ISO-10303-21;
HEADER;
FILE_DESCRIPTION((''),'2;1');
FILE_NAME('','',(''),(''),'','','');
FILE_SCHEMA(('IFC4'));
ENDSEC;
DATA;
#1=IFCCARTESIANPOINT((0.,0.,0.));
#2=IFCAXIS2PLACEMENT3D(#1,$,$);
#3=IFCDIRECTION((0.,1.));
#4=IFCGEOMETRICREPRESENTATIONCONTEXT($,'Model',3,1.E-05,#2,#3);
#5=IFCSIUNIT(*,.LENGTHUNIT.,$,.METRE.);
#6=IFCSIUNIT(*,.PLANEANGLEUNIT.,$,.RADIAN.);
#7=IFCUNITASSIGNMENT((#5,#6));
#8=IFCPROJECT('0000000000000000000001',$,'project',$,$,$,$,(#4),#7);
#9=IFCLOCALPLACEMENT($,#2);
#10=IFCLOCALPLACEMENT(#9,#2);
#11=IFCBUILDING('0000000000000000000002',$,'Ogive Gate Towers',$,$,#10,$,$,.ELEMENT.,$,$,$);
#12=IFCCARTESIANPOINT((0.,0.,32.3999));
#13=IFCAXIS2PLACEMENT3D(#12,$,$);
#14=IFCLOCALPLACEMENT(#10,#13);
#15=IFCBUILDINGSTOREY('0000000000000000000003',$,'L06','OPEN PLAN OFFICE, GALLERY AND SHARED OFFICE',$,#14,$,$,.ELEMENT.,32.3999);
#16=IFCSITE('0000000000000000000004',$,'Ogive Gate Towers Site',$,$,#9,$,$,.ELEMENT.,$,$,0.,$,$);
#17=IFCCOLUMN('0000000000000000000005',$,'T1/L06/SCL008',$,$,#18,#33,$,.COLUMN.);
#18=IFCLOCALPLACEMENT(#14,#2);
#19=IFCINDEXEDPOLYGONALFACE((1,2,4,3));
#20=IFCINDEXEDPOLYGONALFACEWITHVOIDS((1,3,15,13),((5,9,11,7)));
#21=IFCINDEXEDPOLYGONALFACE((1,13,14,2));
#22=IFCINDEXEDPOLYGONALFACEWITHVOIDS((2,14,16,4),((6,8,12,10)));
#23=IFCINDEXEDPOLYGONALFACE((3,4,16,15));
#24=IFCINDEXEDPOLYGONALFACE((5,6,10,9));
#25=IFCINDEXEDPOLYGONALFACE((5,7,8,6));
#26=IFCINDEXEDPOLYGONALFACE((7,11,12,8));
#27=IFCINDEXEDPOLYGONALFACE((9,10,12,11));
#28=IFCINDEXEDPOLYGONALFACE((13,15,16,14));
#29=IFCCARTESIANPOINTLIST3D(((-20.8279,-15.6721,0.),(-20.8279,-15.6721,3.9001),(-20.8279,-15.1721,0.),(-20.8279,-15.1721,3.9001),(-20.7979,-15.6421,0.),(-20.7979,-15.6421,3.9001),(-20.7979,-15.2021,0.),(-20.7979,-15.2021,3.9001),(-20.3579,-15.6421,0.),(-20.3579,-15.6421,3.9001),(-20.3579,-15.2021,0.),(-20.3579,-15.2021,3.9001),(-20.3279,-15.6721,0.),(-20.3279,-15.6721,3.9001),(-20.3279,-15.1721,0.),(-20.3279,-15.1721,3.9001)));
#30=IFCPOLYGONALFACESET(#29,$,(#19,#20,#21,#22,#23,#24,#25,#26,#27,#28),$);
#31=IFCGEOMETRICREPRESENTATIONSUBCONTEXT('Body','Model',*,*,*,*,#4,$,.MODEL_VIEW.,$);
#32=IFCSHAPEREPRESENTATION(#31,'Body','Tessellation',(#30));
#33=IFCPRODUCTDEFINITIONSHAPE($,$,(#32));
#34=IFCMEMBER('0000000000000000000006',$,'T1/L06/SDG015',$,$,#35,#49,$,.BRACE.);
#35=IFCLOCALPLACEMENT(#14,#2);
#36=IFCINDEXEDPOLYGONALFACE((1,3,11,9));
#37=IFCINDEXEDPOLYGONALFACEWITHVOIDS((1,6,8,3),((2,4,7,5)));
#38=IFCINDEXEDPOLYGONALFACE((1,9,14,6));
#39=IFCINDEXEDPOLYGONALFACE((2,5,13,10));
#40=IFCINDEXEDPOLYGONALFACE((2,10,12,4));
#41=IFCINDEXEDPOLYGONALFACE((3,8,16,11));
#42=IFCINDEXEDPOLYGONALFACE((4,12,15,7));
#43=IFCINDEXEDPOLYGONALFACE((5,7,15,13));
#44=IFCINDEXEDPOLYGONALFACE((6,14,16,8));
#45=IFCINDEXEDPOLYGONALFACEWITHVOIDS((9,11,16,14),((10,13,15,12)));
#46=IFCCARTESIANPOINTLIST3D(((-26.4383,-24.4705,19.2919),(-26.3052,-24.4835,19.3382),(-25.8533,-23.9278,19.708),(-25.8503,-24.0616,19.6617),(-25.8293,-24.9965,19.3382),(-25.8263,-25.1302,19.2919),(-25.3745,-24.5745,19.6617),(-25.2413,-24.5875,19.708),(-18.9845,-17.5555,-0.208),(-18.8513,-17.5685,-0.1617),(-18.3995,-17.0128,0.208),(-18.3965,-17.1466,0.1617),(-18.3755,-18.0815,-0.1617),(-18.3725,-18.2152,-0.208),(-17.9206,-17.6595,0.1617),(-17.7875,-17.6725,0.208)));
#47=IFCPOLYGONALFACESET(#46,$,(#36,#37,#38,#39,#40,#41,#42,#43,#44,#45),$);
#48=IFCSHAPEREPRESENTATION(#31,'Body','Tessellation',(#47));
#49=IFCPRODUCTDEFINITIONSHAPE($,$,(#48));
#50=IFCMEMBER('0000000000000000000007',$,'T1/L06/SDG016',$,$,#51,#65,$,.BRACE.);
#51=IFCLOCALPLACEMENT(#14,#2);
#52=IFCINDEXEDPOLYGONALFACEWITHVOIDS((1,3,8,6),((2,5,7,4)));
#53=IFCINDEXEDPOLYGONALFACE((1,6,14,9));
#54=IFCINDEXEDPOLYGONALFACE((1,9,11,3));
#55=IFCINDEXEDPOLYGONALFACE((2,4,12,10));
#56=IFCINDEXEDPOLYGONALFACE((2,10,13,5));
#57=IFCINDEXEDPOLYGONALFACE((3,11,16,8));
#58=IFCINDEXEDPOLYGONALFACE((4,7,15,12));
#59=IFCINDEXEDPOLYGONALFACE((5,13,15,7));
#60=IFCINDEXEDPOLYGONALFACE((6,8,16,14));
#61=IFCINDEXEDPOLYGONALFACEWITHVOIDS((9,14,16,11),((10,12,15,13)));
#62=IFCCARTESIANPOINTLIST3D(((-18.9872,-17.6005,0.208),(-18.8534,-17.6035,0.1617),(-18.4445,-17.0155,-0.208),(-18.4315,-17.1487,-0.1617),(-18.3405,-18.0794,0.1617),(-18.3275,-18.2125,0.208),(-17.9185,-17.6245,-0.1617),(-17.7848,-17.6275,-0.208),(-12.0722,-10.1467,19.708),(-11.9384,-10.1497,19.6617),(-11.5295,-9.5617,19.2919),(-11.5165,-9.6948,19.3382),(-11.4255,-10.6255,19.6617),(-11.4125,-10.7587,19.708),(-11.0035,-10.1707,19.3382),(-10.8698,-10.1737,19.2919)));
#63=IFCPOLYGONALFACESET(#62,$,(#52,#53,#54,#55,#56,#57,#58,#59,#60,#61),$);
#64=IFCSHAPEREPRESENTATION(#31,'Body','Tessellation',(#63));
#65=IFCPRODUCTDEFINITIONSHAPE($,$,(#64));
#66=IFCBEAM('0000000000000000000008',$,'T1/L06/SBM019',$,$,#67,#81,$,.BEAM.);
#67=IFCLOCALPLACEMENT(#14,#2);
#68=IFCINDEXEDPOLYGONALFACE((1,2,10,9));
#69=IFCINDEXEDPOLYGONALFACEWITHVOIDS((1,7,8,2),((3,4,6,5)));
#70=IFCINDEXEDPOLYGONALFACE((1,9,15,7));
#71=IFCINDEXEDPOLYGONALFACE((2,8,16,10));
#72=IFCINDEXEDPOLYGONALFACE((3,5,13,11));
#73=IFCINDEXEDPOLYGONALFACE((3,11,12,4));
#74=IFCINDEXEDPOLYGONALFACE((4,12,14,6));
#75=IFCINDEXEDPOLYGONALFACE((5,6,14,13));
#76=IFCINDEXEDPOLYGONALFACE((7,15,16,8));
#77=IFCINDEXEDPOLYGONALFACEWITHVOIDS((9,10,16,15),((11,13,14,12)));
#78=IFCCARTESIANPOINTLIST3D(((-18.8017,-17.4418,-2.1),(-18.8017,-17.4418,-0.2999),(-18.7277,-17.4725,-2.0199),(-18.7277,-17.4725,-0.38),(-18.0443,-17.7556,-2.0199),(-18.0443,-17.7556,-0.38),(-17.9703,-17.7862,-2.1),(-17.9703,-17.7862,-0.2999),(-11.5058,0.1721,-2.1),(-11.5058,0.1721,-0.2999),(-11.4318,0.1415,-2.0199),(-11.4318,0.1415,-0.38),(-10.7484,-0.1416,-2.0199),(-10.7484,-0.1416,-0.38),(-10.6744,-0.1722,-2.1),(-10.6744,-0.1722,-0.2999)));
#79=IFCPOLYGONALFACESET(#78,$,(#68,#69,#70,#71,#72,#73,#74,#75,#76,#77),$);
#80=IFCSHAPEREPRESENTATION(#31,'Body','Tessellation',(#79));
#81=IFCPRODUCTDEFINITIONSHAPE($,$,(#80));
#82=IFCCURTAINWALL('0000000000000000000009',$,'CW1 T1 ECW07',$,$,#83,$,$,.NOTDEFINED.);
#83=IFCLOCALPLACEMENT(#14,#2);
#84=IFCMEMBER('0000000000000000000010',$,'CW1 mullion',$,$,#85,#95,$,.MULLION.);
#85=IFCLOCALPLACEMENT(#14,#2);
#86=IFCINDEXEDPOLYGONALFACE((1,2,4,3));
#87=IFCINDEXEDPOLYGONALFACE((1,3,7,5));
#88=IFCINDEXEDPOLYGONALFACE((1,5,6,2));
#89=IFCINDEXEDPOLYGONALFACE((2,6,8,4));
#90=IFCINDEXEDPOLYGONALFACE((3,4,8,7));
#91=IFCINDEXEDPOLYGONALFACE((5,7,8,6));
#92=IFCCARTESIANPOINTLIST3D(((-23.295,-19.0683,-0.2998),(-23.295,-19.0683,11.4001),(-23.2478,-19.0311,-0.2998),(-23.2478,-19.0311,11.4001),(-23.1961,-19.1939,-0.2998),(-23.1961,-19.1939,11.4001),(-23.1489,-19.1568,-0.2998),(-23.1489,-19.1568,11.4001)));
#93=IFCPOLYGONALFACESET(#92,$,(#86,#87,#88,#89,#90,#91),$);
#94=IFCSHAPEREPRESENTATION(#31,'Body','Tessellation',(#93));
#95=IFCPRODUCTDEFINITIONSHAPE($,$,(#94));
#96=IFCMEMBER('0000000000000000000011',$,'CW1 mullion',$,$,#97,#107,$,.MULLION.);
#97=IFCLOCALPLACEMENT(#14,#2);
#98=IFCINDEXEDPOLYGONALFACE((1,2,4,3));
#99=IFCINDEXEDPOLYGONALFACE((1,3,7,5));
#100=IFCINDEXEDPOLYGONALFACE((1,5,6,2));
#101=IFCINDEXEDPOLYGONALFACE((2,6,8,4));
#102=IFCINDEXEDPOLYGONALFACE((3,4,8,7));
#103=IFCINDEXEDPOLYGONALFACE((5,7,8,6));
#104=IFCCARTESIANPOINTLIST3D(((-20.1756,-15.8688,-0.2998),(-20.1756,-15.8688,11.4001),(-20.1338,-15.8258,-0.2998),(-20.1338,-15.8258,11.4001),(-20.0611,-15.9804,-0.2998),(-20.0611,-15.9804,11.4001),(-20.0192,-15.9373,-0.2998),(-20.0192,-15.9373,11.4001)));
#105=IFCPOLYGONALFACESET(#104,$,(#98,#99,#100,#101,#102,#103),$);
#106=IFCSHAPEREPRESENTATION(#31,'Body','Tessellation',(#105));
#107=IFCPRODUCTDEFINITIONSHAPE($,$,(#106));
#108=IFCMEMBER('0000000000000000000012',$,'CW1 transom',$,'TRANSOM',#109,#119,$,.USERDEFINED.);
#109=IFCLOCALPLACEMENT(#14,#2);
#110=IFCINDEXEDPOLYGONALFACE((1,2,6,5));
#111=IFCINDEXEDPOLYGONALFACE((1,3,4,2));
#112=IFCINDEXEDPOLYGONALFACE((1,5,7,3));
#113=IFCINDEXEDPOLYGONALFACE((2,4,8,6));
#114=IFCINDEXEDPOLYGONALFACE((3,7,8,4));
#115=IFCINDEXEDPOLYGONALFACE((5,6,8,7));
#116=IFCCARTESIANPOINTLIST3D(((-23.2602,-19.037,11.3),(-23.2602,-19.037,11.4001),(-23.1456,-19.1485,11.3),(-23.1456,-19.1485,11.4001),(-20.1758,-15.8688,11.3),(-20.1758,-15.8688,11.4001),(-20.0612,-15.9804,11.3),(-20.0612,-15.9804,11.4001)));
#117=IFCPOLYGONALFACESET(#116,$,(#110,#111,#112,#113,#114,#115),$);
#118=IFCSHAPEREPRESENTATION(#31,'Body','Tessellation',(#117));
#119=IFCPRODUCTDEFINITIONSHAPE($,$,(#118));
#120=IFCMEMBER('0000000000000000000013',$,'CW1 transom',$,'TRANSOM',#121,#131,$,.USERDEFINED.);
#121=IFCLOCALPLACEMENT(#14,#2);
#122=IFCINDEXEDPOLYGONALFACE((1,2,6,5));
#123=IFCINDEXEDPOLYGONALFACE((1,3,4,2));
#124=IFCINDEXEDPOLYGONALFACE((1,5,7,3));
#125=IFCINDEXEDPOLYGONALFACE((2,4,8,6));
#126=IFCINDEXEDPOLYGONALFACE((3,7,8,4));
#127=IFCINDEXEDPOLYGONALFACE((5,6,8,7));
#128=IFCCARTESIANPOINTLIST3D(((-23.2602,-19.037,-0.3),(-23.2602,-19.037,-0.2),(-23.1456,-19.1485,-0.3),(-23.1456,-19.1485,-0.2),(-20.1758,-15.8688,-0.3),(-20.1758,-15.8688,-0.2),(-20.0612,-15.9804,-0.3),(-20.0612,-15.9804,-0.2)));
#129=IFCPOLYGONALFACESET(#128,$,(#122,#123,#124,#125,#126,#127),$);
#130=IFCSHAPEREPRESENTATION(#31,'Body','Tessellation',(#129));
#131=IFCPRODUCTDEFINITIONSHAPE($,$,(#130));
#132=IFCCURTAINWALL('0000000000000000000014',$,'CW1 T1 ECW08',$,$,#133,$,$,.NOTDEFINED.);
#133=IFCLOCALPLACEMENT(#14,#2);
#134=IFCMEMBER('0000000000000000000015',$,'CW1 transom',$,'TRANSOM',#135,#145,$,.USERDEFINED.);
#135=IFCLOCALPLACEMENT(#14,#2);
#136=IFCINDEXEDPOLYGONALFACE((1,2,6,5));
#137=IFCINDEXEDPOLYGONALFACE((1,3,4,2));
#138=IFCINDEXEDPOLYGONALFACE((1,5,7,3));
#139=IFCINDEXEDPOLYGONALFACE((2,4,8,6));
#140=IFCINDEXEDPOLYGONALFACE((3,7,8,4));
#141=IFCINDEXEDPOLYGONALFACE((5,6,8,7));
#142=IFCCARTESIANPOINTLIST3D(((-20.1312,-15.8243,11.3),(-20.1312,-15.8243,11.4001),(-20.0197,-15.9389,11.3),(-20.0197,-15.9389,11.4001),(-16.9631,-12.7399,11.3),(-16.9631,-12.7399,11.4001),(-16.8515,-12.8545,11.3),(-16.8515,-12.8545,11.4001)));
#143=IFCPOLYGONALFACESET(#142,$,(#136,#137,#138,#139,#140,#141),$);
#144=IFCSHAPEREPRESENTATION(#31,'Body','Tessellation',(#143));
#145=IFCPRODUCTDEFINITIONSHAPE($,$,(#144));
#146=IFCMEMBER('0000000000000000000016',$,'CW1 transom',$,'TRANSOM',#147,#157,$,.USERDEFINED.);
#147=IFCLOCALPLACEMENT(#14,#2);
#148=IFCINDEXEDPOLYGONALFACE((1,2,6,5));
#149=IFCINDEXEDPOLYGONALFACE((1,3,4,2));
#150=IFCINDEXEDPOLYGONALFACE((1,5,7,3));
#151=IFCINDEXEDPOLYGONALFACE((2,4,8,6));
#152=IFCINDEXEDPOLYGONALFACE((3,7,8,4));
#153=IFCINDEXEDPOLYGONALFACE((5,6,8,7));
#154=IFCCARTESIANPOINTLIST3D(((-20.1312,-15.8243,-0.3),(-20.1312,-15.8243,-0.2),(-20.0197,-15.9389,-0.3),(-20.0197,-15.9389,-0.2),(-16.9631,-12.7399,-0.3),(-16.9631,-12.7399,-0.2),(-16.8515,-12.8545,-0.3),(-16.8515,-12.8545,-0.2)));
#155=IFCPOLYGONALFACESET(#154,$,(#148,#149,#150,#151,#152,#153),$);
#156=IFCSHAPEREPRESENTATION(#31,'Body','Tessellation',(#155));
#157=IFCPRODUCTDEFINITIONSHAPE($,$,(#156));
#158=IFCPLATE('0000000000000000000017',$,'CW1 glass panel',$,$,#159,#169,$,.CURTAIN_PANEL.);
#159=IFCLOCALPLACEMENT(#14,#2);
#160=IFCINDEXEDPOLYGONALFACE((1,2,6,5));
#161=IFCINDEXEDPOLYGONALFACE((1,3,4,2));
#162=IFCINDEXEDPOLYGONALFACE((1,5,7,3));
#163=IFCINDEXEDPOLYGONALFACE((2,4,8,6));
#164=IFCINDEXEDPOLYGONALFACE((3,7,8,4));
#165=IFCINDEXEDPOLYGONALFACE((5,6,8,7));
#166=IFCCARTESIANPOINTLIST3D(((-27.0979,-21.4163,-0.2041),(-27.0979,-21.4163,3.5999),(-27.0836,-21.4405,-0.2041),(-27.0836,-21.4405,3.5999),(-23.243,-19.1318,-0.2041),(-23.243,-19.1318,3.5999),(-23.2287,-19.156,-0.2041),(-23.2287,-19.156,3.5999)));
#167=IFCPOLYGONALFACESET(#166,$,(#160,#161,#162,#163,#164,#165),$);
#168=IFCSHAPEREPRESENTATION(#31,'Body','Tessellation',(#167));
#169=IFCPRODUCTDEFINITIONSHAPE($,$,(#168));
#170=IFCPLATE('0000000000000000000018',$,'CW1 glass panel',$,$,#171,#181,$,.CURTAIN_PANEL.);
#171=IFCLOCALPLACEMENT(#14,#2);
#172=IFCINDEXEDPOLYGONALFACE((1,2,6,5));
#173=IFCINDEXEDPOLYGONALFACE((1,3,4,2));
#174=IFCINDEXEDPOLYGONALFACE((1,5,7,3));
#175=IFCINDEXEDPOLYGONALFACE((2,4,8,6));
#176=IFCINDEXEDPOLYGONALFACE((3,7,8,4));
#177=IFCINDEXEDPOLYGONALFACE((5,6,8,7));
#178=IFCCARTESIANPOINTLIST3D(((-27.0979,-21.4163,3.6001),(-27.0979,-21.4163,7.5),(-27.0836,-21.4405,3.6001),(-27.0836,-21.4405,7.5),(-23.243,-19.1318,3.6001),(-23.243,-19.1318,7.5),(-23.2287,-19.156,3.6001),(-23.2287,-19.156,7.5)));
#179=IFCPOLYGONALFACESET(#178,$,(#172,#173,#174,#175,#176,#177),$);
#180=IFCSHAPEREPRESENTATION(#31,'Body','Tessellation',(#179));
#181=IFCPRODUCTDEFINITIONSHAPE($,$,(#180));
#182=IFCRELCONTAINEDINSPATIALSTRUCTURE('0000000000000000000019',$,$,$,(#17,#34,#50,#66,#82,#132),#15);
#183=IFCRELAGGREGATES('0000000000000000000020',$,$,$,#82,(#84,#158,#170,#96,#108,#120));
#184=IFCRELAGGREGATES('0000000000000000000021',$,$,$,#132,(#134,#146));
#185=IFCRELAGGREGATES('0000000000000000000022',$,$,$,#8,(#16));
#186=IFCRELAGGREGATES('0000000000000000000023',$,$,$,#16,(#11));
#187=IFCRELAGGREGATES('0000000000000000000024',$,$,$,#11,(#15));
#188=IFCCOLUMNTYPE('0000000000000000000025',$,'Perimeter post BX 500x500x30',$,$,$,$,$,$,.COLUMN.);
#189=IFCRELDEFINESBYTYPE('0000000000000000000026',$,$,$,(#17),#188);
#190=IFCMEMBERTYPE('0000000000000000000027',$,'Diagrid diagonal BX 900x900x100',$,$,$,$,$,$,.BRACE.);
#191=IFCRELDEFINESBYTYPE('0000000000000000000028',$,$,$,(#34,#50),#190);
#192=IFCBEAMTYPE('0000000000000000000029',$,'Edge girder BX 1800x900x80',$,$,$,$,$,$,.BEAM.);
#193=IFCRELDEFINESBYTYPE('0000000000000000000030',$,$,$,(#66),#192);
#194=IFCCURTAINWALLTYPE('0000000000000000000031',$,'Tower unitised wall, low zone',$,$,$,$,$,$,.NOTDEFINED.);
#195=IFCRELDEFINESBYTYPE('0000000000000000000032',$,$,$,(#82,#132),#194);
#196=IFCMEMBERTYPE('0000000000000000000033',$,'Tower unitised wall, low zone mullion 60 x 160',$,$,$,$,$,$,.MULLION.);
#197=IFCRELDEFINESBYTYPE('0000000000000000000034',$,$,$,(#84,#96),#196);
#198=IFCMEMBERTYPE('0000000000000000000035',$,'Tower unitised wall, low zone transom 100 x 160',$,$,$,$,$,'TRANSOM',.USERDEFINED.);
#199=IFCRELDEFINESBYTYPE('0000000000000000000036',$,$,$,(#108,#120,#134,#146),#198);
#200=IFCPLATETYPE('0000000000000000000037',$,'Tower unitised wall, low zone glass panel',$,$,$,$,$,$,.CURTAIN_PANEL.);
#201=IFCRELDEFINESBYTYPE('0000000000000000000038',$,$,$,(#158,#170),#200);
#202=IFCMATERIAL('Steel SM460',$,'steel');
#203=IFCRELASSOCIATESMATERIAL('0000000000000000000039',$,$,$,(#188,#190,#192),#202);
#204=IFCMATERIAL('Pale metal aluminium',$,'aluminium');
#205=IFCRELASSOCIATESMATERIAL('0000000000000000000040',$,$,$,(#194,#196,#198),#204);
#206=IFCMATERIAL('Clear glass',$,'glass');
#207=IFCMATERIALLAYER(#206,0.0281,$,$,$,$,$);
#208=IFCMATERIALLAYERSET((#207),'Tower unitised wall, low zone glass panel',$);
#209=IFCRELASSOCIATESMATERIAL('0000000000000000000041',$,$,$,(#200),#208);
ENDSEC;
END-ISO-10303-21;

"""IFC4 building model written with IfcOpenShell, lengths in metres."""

from ifc_helpers import new_model, si_unit, direction, frame, origin, origin_2d, place, context, subcontext, project, spatial, rectangle, hollow_rectangle, extrude, material, layer, layer_set, material_profile, profile_set, type_object, element, aggregate, save


model = new_model("IFC4")

# Units and contexts
model_context = context("Model", 3, precision=1e-05, world=origin(), true_north=direction((0.0, 1.0)))
body_context = subcontext(model_context, "Body", "Model", "MODEL_VIEW")
ifc_project = project(units=[si_unit("LENGTHUNIT", "METRE"), si_unit("PLANEANGLEUNIT", "RADIAN")], contexts=[model_context])

# Site, building, storey
site_placement = place(None, origin())
site = spatial("IfcSite", under=ifc_project, at=site_placement, Name="Ogive Gate Towers Site", CompositionType="ELEMENT", RefElevation=0.0)
building_placement = place(site_placement, origin())
building = spatial("IfcBuilding", under=site, at=building_placement, Name="Ogive Gate Towers", CompositionType="ELEMENT")
storey_placement = place(building_placement, frame((0.0, 0.0, 32.3999)))
storey = spatial("IfcBuildingStorey", under=building, at=storey_placement, Name="L06", Description="OPEN PLAN OFFICE, GALLERY AND SHARED OFFICE", CompositionType="ELEMENT", Elevation=32.3999)

# Column
ifc_material_1 = material(Name="Steel SM460", Category="steel")
ifc_material_profile_1 = material_profile(ifc_material_1, hollow_rectangle(XDim=0.5, YDim=0.5, WallThickness=0.03, at=origin_2d()), Name="BX 500x500x30")
ifc_profile_set_1 = profile_set([ifc_material_profile_1], Name="Steel SM460")
column_type = type_object("IfcColumnType", Name="Perimeter post BX 500x500x30", PredefinedType="COLUMN", material=ifc_profile_set_1)
column_placement = place(storey_placement, frame((-20.5779, -15.4221, 0.0), z_axis=(0.0, 0.0, 1.0), x_axis=(1.0, 0.0, 0.0)))
element("IfcColumn", 1, at=column_placement, inside=storey, type_object=column_type, Name="T1/L06/SCL008", PredefinedType="COLUMN", context=body_context, shape_type="SweptSolid", body=[
    extrude(hollow_rectangle(XDim=0.5, YDim=0.5, WallThickness=0.03, at=origin_2d()), origin(), (0.0, 0.0, 1.0), 3.9001),
])

# Members
ifc_material_profile_2 = material_profile(ifc_material_1, hollow_rectangle(XDim=0.8999, YDim=0.8999, WallThickness=0.1001, at=origin_2d()), Name="BX 900x900x100")
ifc_profile_set_2 = profile_set([ifc_material_profile_2], Name="Steel SM460")
member_type_1 = type_object("IfcMemberType", Name="Diagrid diagonal BX 900x900x100", PredefinedType="BRACE", material=ifc_profile_set_2)
for number, where, z_axis, x_axis, name in (
    (2, (-18.386, -17.614, 0.0), (-0.338942, -0.314441, 0.886705), (0.680113, -0.733107, 0.0), "T1/L06/SDG015"),
    (3, (-18.386, -17.614, 0.0), (0.314441, 0.338942, 0.886705), (-0.733107, 0.680113, 0.0), "T1/L06/SDG016"),
):
    element("IfcMember", number, at=place(storey_placement, frame(where, z_axis=z_axis, x_axis=x_axis)), inside=storey, type_object=member_type_1, Name=name, PredefinedType="BRACE", context=body_context, shape_type="SweptSolid", body=[
        extrude(hollow_rectangle(XDim=0.8999, YDim=0.8999, WallThickness=0.1001, at=origin_2d()), origin(), (0.0, 0.0, 1.0), 21.9915),
    ])

# Beam
ifc_material_profile_3 = material_profile(ifc_material_1, hollow_rectangle(XDim=0.8999, YDim=1.8, WallThickness=0.0801, at=origin_2d()), Name="BX 1800x900x80")
ifc_profile_set_3 = profile_set([ifc_material_profile_3], Name="Steel SM460")
beam_type = type_object("IfcBeamType", Name="Edge girder BX 1800x900x80", PredefinedType="BEAM", material=ifc_profile_set_3)
beam_placement = place(storey_placement, frame((-18.386, -17.614, -1.2), z_axis=(0.382681, 0.923881, 0.0), x_axis=(-0.923881, 0.382681, 0.0)))
element("IfcBeam", 4, at=beam_placement, inside=storey, type_object=beam_type, Name="T1/L06/SBM019", PredefinedType="BEAM", context=body_context, shape_type="SweptSolid", body=[
    extrude(hollow_rectangle(XDim=0.8999, YDim=1.8, WallThickness=0.0801, at=origin_2d()), origin(), (0.0, 0.0, 1.0), 19.0652),
])

# Curtain walls, members
ifc_material_2 = material(Name="Pale metal aluminium", Category="aluminium")
curtain_wall_type = type_object("IfcCurtainWallType", Name="Tower unitised wall, low zone", PredefinedType="NOTDEFINED", material=ifc_material_2)
curtain_wall_1_placement = place(storey_placement, origin())
curtain_wall_1 = element("IfcCurtainWall", 5, at=curtain_wall_1_placement, inside=storey, type_object=curtain_wall_type, Name="CW1 T1 ECW07", PredefinedType="NOTDEFINED")
ifc_material_profile_4 = material_profile(ifc_material_2, rectangle(XDim=0.1599, YDim=0.0601, at=origin_2d()), Name="60 x 160 aluminium box")
ifc_profile_set_4 = profile_set([ifc_material_profile_4], Name="Pale metal aluminium")
member_type_2 = type_object("IfcMemberType", Name="Tower unitised wall, low zone mullion 60 x 160", PredefinedType="MULLION", material=ifc_profile_set_4)
member_1_placement = place(storey_placement, frame((-23.2219, -19.1125, -0.2998), z_axis=(0.0, 0.0, 1.0), x_axis=(0.618532, -0.78576, 0.0)))
member_1 = element("IfcMember", 6, at=member_1_placement, type_object=member_type_2, Name="CW1 mullion", PredefinedType="MULLION", context=body_context, shape_type="SweptSolid", body=[
    extrude(rectangle(XDim=0.1599, YDim=0.0601, at=origin_2d()), origin(), (0.0, 0.0, 1.0), 11.7),
])
member_2_placement = place(storey_placement, frame((-20.0974, -15.9031, -0.2998), z_axis=(0.0, 0.0, 1.0), x_axis=(0.716497, -0.69759, 0.0)))
member_2 = element("IfcMember", 7, at=member_2_placement, type_object=member_type_2, Name="CW1 mullion", PredefinedType="MULLION", context=body_context, shape_type="SweptSolid", body=[
    extrude(rectangle(XDim=0.1599, YDim=0.0601, at=origin_2d()), origin(), (0.0, 0.0, 1.0), 11.7),
])
ifc_material_profile_5 = material_profile(ifc_material_2, rectangle(XDim=0.1599, YDim=0.1001, at=origin_2d()), Name="100 x 160 aluminium box")
ifc_profile_set_5 = profile_set([ifc_material_profile_5], Name="Pale metal aluminium")
member_type_3 = type_object("IfcMemberType", Name="Tower unitised wall, low zone transom 100 x 160", ElementType="TRANSOM", PredefinedType="USERDEFINED", material=ifc_profile_set_5)
member_3_placement = place(storey_placement, frame((-23.2029, -19.0928, 11.3501), z_axis=(0.697574, 0.716513, 0.0), x_axis=(-0.716513, 0.697574, 0.0)))
member_3 = element("IfcMember", 8, at=member_3_placement, type_object=member_type_3, Name="CW1 transom", ObjectType="TRANSOM", PredefinedType="USERDEFINED", context=body_context, shape_type="SweptSolid", body=[
    extrude(rectangle(XDim=0.1599, YDim=0.1001, at=origin_2d()), origin(), (0.0, 0.0, 1.0), 4.4216),
])
member_4_placement = place(storey_placement, frame((-23.2029, -19.0928, -0.25), z_axis=(0.697574, 0.716513, 0.0), x_axis=(-0.716513, 0.697574, 0.0)))
member_4 = element("IfcMember", 9, at=member_4_placement, type_object=member_type_3, Name="CW1 transom", ObjectType="TRANSOM", PredefinedType="USERDEFINED", context=body_context, shape_type="SweptSolid", body=[
    extrude(rectangle(XDim=0.1599, YDim=0.1001, at=origin_2d()), origin(), (0.0, 0.0, 1.0), 4.4216),
])
curtain_wall_2_placement = place(storey_placement, origin())
curtain_wall_2 = element("IfcCurtainWall", 10, at=curtain_wall_2_placement, inside=storey, type_object=curtain_wall_type, Name="CW1 T1 ECW08", PredefinedType="NOTDEFINED")
member_5_placement = place(storey_placement, frame((-20.0754, -15.8816, 11.3501), z_axis=(0.716513, 0.697574, 0.0), x_axis=(-0.697574, 0.716513, 0.0)))
member_5 = element("IfcMember", 11, at=member_5_placement, type_object=member_type_3, Name="CW1 transom", ObjectType="TRANSOM", PredefinedType="USERDEFINED", context=body_context, shape_type="SweptSolid", body=[
    extrude(rectangle(XDim=0.1599, YDim=0.1001, at=origin_2d()), origin(), (0.0, 0.0, 1.0), 4.4216),
])
member_6_placement = place(storey_placement, frame((-20.0754, -15.8816, -0.25), z_axis=(0.716513, 0.697574, 0.0), x_axis=(-0.697574, 0.716513, 0.0)))
member_6 = element("IfcMember", 12, at=member_6_placement, type_object=member_type_3, Name="CW1 transom", ObjectType="TRANSOM", PredefinedType="USERDEFINED", context=body_context, shape_type="SweptSolid", body=[
    extrude(rectangle(XDim=0.1599, YDim=0.1001, at=origin_2d()), origin(), (0.0, 0.0, 1.0), 4.4216),
])

# Plates
ifc_material_3 = material(Name="Clear glass", Category="glass")
ifc_layer_1 = layer(ifc_material_3, 0.0281)
ifc_layer_set_1 = layer_set([ifc_layer_1], Name="Tower unitised wall, low zone glass panel")
plate_type = type_object("IfcPlateType", Name="Tower unitised wall, low zone glass panel", PredefinedType="CURTAIN_PANEL", material=ifc_layer_set_1)
plate_1_placement = place(storey_placement, frame((-25.1633, -20.2861, -0.2041), z_axis=(0.0, 0.0, 1.0), x_axis=(0.86028, 0.509822, 0.0)))
plate_1 = element("IfcPlate", 13, at=plate_1_placement, type_object=plate_type, Name="CW1 glass panel", PredefinedType="CURTAIN_PANEL", context=body_context, shape_type="SweptSolid", body=[
    extrude(rectangle(XDim=4.481, YDim=0.0281, at=origin_2d()), origin(), (0.0, 0.0, 1.0), 3.804),
])
plate_2_placement = place(storey_placement, frame((-25.1633, -20.2861, 3.6001), z_axis=(0.0, 0.0, 1.0), x_axis=(0.86028, 0.509822, 0.0)))
plate_2 = element("IfcPlate", 14, at=plate_2_placement, type_object=plate_type, Name="CW1 glass panel", PredefinedType="CURTAIN_PANEL", context=body_context, shape_type="SweptSolid", body=[
    extrude(rectangle(XDim=4.481, YDim=0.0281, at=origin_2d()), origin(), (0.0, 0.0, 1.0), 3.8999),
])
aggregate(curtain_wall_1, [member_1, plate_1, plate_2, member_2, member_3, member_4])
aggregate(curtain_wall_2, [member_5, member_6])

save(model, "model.ifc")
